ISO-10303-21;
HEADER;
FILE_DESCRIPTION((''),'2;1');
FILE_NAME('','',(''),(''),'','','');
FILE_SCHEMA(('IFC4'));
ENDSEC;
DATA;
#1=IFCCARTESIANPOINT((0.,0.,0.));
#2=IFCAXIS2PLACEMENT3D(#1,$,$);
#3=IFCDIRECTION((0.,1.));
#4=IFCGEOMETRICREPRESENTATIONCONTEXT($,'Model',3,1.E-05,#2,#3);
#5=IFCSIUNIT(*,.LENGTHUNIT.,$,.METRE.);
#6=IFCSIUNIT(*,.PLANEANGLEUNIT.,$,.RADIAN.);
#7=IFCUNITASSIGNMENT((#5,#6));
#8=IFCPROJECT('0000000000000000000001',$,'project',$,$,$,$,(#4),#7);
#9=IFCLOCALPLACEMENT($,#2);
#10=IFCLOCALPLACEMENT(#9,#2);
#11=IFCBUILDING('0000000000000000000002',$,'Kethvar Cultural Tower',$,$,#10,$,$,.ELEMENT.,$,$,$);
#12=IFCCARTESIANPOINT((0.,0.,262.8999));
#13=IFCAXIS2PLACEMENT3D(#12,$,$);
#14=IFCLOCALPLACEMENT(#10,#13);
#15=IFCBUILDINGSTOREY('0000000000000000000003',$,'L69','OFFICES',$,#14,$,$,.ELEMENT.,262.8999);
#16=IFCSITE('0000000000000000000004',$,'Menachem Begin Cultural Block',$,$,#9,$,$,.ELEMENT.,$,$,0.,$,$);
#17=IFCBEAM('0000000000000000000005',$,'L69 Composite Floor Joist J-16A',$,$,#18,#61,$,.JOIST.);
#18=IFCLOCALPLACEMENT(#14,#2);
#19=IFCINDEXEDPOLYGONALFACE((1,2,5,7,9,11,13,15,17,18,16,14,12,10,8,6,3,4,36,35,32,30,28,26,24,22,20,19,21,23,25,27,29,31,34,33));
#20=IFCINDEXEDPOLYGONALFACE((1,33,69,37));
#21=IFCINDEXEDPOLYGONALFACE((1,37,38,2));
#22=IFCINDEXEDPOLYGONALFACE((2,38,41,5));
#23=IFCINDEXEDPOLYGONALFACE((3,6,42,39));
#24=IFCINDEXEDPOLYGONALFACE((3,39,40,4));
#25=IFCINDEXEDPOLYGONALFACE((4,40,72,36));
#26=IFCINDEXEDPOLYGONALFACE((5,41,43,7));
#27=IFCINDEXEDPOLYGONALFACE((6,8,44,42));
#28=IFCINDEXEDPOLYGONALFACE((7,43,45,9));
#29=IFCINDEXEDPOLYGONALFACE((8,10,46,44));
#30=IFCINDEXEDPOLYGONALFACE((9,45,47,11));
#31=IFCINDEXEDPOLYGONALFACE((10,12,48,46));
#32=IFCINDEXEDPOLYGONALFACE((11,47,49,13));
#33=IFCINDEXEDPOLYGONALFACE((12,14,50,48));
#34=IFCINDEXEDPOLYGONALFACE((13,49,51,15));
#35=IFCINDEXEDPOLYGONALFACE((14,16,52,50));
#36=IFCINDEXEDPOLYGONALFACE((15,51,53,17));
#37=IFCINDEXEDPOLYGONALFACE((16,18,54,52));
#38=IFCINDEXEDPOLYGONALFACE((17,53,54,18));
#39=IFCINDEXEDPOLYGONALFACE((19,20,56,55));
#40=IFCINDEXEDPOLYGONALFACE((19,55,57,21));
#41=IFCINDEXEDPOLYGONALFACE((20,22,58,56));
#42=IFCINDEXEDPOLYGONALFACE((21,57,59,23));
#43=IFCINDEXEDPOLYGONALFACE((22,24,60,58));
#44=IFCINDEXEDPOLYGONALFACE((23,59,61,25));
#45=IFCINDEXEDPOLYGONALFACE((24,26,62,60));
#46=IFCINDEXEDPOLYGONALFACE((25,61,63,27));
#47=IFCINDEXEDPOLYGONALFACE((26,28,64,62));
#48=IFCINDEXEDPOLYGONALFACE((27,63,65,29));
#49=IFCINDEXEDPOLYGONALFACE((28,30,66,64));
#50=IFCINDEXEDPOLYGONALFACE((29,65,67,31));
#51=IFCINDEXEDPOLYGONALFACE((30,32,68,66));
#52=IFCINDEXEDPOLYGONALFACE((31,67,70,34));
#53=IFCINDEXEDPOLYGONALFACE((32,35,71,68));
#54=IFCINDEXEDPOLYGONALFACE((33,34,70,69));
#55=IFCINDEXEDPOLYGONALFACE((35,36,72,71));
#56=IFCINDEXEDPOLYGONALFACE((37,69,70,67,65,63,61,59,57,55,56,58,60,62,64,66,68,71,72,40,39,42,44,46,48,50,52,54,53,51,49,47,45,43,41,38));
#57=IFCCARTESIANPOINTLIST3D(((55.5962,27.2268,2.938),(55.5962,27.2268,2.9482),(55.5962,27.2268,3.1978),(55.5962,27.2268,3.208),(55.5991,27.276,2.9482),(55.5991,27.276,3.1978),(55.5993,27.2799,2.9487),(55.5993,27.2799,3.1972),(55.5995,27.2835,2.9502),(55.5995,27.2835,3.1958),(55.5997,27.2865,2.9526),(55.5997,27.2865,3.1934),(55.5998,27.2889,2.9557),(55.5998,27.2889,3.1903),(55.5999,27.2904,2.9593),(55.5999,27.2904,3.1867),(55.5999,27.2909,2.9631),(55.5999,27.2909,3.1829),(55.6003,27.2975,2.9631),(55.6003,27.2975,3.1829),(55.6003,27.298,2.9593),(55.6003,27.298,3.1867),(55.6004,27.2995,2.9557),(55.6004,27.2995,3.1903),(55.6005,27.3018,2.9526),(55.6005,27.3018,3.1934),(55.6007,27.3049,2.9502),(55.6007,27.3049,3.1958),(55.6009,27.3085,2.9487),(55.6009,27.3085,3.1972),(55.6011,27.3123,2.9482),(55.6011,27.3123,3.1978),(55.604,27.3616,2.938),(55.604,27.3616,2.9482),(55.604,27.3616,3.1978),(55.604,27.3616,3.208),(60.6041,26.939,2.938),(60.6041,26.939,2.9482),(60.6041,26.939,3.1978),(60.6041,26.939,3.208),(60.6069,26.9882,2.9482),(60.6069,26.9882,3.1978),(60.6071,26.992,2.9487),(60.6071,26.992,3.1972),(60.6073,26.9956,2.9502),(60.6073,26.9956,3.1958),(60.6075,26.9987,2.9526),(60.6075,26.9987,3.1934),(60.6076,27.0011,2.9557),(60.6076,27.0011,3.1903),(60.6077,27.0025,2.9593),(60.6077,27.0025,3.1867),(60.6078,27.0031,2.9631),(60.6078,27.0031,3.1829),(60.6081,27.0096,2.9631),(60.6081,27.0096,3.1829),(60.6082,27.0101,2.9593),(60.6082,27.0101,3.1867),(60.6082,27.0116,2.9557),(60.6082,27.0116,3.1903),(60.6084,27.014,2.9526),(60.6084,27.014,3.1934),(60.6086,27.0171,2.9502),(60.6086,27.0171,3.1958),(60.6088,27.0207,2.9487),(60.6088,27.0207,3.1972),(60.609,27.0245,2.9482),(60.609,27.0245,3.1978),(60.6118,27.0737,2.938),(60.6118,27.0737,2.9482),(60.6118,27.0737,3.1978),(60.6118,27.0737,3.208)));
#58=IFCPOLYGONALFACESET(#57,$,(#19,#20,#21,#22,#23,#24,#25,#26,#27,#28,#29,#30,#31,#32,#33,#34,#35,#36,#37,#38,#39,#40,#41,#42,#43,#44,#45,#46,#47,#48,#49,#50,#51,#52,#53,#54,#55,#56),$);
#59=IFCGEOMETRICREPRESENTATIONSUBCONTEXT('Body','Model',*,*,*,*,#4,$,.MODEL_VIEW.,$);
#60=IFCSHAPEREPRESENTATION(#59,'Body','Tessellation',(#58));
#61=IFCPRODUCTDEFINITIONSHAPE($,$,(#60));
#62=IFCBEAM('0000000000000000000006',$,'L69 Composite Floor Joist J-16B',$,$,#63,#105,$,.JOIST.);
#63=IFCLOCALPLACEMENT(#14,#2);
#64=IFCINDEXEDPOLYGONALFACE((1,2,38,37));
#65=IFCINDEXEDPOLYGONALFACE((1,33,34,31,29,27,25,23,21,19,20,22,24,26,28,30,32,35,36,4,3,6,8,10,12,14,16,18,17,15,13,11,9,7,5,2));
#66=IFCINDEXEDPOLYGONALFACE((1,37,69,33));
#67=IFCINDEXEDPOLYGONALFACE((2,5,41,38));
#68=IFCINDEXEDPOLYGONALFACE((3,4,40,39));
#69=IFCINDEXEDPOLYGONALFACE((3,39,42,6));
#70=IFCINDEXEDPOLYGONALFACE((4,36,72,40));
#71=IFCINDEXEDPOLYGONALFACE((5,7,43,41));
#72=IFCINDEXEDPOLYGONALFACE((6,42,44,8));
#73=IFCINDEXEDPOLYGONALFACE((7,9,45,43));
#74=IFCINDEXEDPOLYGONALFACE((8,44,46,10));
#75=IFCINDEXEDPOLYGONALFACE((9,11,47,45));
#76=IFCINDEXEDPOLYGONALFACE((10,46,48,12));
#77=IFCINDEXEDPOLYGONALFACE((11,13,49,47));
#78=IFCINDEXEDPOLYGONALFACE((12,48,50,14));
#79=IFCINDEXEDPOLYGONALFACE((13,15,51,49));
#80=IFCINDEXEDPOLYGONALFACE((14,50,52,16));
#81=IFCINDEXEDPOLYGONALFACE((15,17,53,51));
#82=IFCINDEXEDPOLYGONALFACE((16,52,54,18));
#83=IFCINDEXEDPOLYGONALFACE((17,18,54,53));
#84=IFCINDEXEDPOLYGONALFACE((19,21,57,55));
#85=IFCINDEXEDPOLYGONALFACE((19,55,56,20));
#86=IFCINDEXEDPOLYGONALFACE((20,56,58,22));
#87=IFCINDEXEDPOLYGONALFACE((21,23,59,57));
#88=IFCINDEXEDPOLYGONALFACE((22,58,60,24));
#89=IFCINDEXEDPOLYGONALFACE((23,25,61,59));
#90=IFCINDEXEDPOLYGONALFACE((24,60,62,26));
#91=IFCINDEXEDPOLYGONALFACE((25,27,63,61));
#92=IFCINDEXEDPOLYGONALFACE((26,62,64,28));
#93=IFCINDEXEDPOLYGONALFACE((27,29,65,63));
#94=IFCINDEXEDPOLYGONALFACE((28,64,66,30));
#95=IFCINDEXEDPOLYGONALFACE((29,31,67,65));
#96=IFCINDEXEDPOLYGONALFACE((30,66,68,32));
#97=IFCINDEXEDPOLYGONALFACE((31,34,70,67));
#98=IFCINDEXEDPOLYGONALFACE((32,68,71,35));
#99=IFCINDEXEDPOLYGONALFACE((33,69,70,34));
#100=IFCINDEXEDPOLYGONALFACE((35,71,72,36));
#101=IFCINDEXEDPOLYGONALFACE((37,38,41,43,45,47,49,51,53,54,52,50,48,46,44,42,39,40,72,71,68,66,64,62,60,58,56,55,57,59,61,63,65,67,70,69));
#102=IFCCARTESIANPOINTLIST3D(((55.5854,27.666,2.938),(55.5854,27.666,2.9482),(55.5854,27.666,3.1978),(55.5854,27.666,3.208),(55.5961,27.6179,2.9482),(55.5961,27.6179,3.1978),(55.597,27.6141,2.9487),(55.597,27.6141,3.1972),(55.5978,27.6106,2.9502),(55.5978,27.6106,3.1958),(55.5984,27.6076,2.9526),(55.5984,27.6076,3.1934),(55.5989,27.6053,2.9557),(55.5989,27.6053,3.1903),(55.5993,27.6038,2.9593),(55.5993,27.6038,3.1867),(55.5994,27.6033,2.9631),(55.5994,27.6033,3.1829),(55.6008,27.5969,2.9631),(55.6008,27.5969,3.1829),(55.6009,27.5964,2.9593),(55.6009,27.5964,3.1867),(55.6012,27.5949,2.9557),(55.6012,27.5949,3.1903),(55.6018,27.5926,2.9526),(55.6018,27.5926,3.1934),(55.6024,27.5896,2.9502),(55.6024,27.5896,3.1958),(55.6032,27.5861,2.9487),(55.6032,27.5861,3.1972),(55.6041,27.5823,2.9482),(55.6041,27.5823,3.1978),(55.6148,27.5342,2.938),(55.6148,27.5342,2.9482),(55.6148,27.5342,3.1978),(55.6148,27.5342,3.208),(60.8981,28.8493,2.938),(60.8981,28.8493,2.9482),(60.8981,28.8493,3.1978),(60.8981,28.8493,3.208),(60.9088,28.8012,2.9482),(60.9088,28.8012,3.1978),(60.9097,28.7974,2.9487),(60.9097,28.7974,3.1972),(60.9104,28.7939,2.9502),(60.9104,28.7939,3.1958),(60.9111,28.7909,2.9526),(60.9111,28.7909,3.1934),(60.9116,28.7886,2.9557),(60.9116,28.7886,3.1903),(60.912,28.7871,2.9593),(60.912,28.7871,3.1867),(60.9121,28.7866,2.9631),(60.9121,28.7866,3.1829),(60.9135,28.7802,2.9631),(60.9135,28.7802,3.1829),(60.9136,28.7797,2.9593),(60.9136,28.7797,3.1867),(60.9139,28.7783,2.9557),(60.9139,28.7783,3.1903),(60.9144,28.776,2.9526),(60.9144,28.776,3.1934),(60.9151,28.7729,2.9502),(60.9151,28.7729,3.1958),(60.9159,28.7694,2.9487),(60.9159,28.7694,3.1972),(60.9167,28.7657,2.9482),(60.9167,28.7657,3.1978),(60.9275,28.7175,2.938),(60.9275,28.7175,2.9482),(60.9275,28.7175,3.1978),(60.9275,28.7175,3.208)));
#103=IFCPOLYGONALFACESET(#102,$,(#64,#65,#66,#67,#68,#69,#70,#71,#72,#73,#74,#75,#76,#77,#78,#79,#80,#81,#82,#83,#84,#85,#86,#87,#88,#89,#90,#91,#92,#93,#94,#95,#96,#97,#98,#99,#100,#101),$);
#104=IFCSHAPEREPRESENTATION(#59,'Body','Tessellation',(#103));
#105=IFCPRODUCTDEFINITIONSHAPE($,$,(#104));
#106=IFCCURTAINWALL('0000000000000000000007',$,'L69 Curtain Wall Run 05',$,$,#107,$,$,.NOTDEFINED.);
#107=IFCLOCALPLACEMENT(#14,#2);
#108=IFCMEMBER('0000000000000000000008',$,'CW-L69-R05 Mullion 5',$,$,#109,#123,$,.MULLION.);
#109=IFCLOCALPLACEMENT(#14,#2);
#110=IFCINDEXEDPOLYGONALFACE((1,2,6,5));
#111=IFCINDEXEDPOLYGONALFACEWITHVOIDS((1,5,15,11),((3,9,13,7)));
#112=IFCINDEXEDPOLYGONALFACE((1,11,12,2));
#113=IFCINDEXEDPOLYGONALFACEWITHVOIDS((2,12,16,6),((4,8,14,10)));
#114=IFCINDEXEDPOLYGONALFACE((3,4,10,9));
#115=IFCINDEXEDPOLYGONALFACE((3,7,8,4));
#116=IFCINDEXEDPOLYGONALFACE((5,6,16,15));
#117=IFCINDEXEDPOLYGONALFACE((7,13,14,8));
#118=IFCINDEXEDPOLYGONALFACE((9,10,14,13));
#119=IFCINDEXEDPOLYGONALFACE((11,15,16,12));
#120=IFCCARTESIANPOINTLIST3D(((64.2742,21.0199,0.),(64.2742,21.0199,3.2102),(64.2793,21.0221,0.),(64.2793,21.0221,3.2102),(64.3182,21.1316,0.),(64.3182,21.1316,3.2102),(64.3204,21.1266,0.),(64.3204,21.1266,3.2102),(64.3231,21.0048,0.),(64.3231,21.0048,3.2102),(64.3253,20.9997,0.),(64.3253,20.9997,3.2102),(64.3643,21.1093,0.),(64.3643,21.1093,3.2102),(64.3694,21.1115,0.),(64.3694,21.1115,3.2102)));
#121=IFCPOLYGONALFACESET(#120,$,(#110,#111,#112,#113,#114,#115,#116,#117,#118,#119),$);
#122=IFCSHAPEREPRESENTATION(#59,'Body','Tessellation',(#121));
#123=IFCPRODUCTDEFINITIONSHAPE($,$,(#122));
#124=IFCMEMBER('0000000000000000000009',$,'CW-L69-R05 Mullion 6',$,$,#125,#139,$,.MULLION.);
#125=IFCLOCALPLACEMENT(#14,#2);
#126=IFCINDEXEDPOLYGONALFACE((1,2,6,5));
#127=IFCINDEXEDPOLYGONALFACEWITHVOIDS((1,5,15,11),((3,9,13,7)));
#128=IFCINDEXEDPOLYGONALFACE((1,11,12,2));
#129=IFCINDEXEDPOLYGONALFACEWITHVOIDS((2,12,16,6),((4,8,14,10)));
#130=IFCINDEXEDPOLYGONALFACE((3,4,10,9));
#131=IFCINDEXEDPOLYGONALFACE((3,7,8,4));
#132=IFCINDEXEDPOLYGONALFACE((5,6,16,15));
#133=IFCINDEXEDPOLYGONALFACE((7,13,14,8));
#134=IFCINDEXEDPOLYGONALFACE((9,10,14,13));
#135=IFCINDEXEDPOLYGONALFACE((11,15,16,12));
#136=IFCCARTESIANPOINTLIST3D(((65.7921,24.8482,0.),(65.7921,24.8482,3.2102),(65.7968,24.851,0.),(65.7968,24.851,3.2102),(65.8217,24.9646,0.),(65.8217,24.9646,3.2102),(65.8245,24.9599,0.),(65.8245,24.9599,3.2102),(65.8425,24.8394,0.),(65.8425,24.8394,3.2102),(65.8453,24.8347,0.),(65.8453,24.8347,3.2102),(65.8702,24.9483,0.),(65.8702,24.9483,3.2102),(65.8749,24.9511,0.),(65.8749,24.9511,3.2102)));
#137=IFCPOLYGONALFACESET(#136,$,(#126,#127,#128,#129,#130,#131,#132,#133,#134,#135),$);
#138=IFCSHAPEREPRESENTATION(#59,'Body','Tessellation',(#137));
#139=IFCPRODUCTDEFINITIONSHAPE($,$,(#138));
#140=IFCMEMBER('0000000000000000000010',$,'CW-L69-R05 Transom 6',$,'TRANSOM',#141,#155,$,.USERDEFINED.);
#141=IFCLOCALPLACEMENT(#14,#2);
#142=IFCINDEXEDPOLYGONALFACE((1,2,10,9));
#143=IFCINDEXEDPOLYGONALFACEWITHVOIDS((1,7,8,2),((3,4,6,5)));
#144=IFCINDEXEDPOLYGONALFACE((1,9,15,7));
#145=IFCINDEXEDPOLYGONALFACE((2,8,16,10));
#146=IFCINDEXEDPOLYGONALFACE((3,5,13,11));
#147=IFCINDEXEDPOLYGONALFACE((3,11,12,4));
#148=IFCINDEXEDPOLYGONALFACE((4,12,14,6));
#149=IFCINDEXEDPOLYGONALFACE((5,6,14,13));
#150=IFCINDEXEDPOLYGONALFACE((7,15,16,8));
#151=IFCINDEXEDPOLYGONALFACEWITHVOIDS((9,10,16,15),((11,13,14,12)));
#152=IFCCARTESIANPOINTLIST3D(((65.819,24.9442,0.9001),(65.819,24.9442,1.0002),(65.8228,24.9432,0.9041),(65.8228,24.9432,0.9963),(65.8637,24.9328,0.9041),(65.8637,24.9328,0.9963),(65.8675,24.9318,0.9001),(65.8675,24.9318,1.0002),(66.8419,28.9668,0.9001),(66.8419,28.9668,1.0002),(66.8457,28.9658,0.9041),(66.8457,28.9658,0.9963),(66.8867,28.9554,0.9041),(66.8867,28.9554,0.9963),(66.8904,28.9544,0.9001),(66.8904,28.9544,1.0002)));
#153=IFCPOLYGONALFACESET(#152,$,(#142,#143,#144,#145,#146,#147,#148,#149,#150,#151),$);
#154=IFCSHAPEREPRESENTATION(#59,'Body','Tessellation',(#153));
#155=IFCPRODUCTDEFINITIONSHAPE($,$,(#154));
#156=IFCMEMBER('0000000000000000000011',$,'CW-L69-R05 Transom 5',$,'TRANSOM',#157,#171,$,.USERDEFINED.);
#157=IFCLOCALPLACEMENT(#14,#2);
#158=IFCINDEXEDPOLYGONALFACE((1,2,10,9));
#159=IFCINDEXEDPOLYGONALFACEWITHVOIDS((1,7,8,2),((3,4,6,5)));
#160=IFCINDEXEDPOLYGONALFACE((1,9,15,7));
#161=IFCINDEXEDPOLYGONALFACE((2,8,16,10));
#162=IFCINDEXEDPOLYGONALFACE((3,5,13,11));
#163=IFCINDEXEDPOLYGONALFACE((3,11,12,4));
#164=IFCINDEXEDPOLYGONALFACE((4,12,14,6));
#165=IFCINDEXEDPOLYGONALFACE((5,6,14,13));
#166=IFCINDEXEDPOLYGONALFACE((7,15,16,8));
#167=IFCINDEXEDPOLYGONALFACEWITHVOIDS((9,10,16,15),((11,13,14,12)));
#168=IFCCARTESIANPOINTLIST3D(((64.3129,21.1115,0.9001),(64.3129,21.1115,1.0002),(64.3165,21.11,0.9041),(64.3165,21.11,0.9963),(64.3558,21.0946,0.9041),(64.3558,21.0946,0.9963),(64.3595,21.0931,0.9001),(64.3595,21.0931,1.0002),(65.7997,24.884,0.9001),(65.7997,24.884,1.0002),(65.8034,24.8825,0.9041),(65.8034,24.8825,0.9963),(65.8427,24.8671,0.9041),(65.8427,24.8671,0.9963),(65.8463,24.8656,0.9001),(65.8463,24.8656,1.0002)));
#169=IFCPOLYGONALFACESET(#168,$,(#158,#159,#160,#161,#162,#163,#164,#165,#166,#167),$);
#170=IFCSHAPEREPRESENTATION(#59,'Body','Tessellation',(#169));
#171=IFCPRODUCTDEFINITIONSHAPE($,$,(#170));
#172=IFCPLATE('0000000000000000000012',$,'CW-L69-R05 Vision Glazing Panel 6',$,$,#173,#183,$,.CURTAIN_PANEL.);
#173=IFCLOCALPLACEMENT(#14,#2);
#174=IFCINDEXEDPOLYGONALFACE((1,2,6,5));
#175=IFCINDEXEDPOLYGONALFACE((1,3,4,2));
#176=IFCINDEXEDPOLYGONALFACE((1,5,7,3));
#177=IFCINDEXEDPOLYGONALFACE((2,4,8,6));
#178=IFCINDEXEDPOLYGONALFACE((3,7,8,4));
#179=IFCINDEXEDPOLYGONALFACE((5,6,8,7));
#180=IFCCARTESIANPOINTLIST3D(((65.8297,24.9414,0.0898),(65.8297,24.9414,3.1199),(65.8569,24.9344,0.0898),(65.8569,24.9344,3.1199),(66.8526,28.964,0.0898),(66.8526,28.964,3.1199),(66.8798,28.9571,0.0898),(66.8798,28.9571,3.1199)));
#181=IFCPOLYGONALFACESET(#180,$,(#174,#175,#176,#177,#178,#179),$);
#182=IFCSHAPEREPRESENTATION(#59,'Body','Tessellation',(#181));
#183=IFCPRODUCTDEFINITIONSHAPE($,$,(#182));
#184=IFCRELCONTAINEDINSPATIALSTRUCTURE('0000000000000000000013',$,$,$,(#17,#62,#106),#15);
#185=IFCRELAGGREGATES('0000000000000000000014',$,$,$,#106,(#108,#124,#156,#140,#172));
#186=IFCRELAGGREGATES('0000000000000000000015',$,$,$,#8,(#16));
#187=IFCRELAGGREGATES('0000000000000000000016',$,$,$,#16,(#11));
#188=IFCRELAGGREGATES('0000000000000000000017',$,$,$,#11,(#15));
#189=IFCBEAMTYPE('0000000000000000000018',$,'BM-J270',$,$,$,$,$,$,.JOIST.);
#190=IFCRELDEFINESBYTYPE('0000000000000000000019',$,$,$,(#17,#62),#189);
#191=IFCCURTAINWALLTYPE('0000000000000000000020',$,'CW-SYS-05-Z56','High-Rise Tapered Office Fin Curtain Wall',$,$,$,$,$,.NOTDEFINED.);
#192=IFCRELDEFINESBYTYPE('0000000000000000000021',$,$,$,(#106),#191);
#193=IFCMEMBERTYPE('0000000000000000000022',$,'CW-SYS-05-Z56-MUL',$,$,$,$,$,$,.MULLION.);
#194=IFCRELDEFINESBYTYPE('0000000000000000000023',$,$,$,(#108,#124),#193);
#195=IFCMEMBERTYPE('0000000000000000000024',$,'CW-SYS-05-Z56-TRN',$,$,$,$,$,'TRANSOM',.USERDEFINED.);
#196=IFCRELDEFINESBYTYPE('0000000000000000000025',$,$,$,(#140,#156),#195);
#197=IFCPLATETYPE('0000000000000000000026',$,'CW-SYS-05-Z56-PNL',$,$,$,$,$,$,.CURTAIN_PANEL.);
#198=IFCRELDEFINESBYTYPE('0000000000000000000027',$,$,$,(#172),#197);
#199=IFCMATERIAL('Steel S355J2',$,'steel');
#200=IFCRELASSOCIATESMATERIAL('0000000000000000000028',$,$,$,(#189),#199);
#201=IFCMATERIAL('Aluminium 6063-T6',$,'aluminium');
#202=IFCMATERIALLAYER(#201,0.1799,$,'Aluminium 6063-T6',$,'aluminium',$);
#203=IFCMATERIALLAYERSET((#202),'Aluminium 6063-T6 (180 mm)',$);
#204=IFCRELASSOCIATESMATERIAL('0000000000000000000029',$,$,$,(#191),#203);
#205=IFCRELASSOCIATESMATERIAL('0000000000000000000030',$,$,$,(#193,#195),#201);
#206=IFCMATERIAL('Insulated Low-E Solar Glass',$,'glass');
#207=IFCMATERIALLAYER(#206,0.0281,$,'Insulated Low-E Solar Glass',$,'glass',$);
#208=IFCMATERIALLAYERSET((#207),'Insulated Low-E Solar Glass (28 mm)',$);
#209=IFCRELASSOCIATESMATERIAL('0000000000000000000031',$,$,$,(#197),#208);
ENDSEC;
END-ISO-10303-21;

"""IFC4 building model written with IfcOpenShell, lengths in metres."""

from ifc_helpers import new_model, si_unit, direction, frame, origin, origin_2d, place, context, subcontext, project, spatial, rectangle, hollow_rectangle, i_section, extrude, source, transform, mapped, material, layer, layer_set, material_profile, profile_set, type_object, element, aggregate, save


model = new_model("IFC4")

# Units and contexts
model_context = context("Model", 3, precision=1e-05, world=origin(), true_north=direction((0.0, 1.0)))
body_context = subcontext(model_context, "Body", "Model", "MODEL_VIEW")
ifc_project = project(units=[si_unit("LENGTHUNIT", "METRE"), si_unit("PLANEANGLEUNIT", "RADIAN")], contexts=[model_context])

# Site, building, storey
site_placement = place(None, origin())
site = spatial("IfcSite", under=ifc_project, at=site_placement, Name="Menachem Begin Cultural Block", CompositionType="ELEMENT", RefElevation=0.0)
building_placement = place(site_placement, origin())
building = spatial("IfcBuilding", under=site, at=building_placement, Name="Kethvar Cultural Tower", CompositionType="ELEMENT")
storey_placement = place(building_placement, frame((0.0, 0.0, 262.8999)))
storey = spatial("IfcBuildingStorey", under=building, at=storey_placement, Name="L69", Description="OFFICES", CompositionType="ELEMENT", Elevation=262.8999)

# Beams
ifc_material_1 = material(Name="Steel S355J2", Category="steel")
ifc_material_profile_1 = material_profile(ifc_material_1, i_section(OverallWidth=0.135, OverallDepth=0.27, WebThickness=0.0066, FlangeThickness=0.0103, FilletRadius=0.0149, at=origin_2d()), Name="Steel S355J2 — IPE270")
ifc_profile_set_1 = profile_set([ifc_material_profile_1], Name="Steel S355J2 — IPE270")
beam_type_1 = type_object("IfcBeamType", Name="BM-J270", PredefinedType="JOIST", material=ifc_profile_set_1)
shared_shape_1 = source(origin(), body_context, "Body", "SweptSolid", [
    extrude(i_section(OverallWidth=0.135, OverallDepth=0.27, WebThickness=0.0066, FlangeThickness=0.0103, FilletRadius=0.0149, at=origin_2d()), origin(), (0.0, 0.0, 1.0), 5.0161),
])
beam_1_placement = place(storey_placement, frame((55.6001, 27.2942, 3.073), z_axis=(0.998352, -0.057384, 0.0), x_axis=(0.057384, 0.998352, 0.0)))
element("IfcBeam", 1, at=beam_1_placement, inside=storey, type_object=beam_type_1, Name="L69 Composite Floor Joist J-16A", PredefinedType="JOIST", context=body_context, shape_type="MappedRepresentation", body=[
    mapped(shared_shape_1, transform((0.0, 0.0, 0.0), scale=1.0)),
])
shared_shape_2 = source(origin(), body_context, "Body", "SweptSolid", [
    extrude(i_section(OverallWidth=0.135, OverallDepth=0.27, WebThickness=0.0066, FlangeThickness=0.0103, FilletRadius=0.0149, at=origin_2d()), origin(), (0.0, 0.0, 1.0), 5.4429),
])
beam_2_placement = place(storey_placement, frame((55.6001, 27.6001, 3.073), z_axis=(0.97608, 0.21741, 0.0), x_axis=(-0.21741, 0.97608, 0.0)))
element("IfcBeam", 2, at=beam_2_placement, inside=storey, type_object=beam_type_1, Name="L69 Composite Floor Joist J-16B", PredefinedType="JOIST", context=body_context, shape_type="MappedRepresentation", body=[
    mapped(shared_shape_2, transform((0.0, 0.0, 0.0), scale=1.0)),
])

# Curtain wall, members, plate
ifc_material_2 = material(Name="Aluminium 6063-T6", Category="aluminium")
ifc_layer_1 = layer(ifc_material_2, 0.1799, Name="Aluminium 6063-T6", Category="aluminium")
ifc_layer_set_1 = layer_set([ifc_layer_1], Name="Aluminium 6063-T6 (180 mm)")
curtain_wall_type = type_object("IfcCurtainWallType", Name="CW-SYS-05-Z56", Description="High-Rise Tapered Office Fin Curtain Wall", PredefinedType="NOTDEFINED", material=ifc_layer_set_1)
curtain_wall_placement = place(storey_placement, origin())
curtain_wall = element("IfcCurtainWall", 3, at=curtain_wall_placement, inside=storey, type_object=curtain_wall_type, Name="L69 Curtain Wall Run 05", PredefinedType="NOTDEFINED")
ifc_material_profile_2 = material_profile(ifc_material_2, hollow_rectangle(XDim=0.0549, YDim=0.1201, WallThickness=0.0039, at=origin_2d()), Name="Aluminium 6063-T6 — RHS120x55x4")
ifc_profile_set_2 = profile_set([ifc_material_profile_2], Name="Aluminium 6063-T6 — RHS120x55x4")
member_type_1 = type_object("IfcMemberType", Name="CW-SYS-05-Z56-MUL", PredefinedType="MULLION", material=ifc_profile_set_2)
shared_shape_3 = source(origin(), body_context, "Body", "SweptSolid", [
    extrude(hollow_rectangle(XDim=0.0549, YDim=0.1201, WallThickness=0.0039, at=origin_2d()), origin(), (0.0, 0.0, 1.0), 3.2102),
])
member_1_placement = place(storey_placement, frame((64.3218, 21.0657, 0.0), z_axis=(0.0, 0.0, 1.0), x_axis=(-0.93036, 0.366647, 0.0)))
member_1 = element("IfcMember", 4, at=member_1_placement, type_object=member_type_1, Name="CW-L69-R05 Mullion 5", PredefinedType="MULLION", context=body_context, shape_type="MappedRepresentation", body=[
    mapped(shared_shape_3, transform((0.0, 0.0, 0.0), scale=1.0)),
])
member_2_placement = place(storey_placement, frame((65.8335, 24.8997, 0.0), z_axis=(0.0, 0.0, 1.0), x_axis=(-0.969158, 0.246441, 0.0)))
member_2 = element("IfcMember", 5, at=member_2_placement, type_object=member_type_1, Name="CW-L69-R05 Mullion 6", PredefinedType="MULLION", context=body_context, shape_type="MappedRepresentation", body=[
    mapped(shared_shape_3, transform((0.0, 0.0, 0.0), scale=1.0)),
])
ifc_material_profile_3 = material_profile(ifc_material_2, hollow_rectangle(XDim=0.05, YDim=0.1001, WallThickness=0.0039, at=origin_2d()), Name="Aluminium 6063-T6 — RHS100x50x4")
ifc_profile_set_3 = profile_set([ifc_material_profile_3], Name="Aluminium 6063-T6 — RHS100x50x4")
member_type_2 = type_object("IfcMemberType", Name="CW-SYS-05-Z56-TRN", ElementType="TRANSOM", PredefinedType="USERDEFINED", material=ifc_profile_set_3)
shared_shape_4 = source(origin(), body_context, "Body", "SweptSolid", [
    extrude(hollow_rectangle(XDim=0.05, YDim=0.1001, WallThickness=0.0039, at=origin_2d()), origin(), (0.0, 0.0, 1.0), 4.1506),
])
member_3_placement = place(storey_placement, frame((65.8433, 24.938, 0.9502), z_axis=(0.24645, 0.969155, 0.0), x_axis=(-0.969155, 0.24645, 0.0)))
member_3 = element("IfcMember", 6, at=member_3_placement, type_object=member_type_2, Name="CW-L69-R05 Transom 6", ObjectType="TRANSOM", PredefinedType="USERDEFINED", context=body_context, shape_type="MappedRepresentation", body=[
    mapped(shared_shape_4, transform((0.0, 0.0, 0.0), scale=1.0)),
])
shared_shape_5 = source(origin(), body_context, "Body", "SweptSolid", [
    extrude(hollow_rectangle(XDim=0.05, YDim=0.1001, WallThickness=0.0039, at=origin_2d()), origin(), (0.0, 0.0, 1.0), 4.0549),
])
member_4_placement = place(storey_placement, frame((64.3362, 21.1023, 0.9502), z_axis=(0.366673, 0.93035, 0.0), x_axis=(-0.93035, 0.366673, 0.0)))
member_4 = element("IfcMember", 7, at=member_4_placement, type_object=member_type_2, Name="CW-L69-R05 Transom 5", ObjectType="TRANSOM", PredefinedType="USERDEFINED", context=body_context, shape_type="MappedRepresentation", body=[
    mapped(shared_shape_5, transform((0.0, 0.0, 0.0), scale=1.0)),
])
ifc_material_3 = material(Name="Insulated Low-E Solar Glass", Category="glass")
ifc_layer_2 = layer(ifc_material_3, 0.0281, Name="Insulated Low-E Solar Glass", Category="glass")
ifc_layer_set_2 = layer_set([ifc_layer_2], Name="Insulated Low-E Solar Glass (28 mm)")
plate_type = type_object("IfcPlateType", Name="CW-SYS-05-Z56-PNL", PredefinedType="CURTAIN_PANEL", material=ifc_layer_set_2)
shared_shape_6 = source(origin(), body_context, "Body", "SweptSolid", [
    extrude(rectangle(XDim=4.1506, YDim=0.0281, at=origin_2d()), origin(), (0.0, 0.0, 1.0), 3.03),
])
plate_1_placement = place(storey_placement, frame((66.3547, 26.9492, 0.0898), z_axis=(0.0, 0.0, 1.0), x_axis=(0.246441, 0.969158, 0.0)))
plate_1 = element("IfcPlate", 8, at=plate_1_placement, type_object=plate_type, Name="CW-L69-R05 Vision Glazing Panel 6", PredefinedType="CURTAIN_PANEL", context=body_context, shape_type="MappedRepresentation", body=[
    mapped(shared_shape_6, transform((0.0, 0.0, 0.0), scale=1.0)),
])
aggregate(curtain_wall, [member_1, member_2, member_4, member_3, plate_1])

save(model, "model.ifc")
